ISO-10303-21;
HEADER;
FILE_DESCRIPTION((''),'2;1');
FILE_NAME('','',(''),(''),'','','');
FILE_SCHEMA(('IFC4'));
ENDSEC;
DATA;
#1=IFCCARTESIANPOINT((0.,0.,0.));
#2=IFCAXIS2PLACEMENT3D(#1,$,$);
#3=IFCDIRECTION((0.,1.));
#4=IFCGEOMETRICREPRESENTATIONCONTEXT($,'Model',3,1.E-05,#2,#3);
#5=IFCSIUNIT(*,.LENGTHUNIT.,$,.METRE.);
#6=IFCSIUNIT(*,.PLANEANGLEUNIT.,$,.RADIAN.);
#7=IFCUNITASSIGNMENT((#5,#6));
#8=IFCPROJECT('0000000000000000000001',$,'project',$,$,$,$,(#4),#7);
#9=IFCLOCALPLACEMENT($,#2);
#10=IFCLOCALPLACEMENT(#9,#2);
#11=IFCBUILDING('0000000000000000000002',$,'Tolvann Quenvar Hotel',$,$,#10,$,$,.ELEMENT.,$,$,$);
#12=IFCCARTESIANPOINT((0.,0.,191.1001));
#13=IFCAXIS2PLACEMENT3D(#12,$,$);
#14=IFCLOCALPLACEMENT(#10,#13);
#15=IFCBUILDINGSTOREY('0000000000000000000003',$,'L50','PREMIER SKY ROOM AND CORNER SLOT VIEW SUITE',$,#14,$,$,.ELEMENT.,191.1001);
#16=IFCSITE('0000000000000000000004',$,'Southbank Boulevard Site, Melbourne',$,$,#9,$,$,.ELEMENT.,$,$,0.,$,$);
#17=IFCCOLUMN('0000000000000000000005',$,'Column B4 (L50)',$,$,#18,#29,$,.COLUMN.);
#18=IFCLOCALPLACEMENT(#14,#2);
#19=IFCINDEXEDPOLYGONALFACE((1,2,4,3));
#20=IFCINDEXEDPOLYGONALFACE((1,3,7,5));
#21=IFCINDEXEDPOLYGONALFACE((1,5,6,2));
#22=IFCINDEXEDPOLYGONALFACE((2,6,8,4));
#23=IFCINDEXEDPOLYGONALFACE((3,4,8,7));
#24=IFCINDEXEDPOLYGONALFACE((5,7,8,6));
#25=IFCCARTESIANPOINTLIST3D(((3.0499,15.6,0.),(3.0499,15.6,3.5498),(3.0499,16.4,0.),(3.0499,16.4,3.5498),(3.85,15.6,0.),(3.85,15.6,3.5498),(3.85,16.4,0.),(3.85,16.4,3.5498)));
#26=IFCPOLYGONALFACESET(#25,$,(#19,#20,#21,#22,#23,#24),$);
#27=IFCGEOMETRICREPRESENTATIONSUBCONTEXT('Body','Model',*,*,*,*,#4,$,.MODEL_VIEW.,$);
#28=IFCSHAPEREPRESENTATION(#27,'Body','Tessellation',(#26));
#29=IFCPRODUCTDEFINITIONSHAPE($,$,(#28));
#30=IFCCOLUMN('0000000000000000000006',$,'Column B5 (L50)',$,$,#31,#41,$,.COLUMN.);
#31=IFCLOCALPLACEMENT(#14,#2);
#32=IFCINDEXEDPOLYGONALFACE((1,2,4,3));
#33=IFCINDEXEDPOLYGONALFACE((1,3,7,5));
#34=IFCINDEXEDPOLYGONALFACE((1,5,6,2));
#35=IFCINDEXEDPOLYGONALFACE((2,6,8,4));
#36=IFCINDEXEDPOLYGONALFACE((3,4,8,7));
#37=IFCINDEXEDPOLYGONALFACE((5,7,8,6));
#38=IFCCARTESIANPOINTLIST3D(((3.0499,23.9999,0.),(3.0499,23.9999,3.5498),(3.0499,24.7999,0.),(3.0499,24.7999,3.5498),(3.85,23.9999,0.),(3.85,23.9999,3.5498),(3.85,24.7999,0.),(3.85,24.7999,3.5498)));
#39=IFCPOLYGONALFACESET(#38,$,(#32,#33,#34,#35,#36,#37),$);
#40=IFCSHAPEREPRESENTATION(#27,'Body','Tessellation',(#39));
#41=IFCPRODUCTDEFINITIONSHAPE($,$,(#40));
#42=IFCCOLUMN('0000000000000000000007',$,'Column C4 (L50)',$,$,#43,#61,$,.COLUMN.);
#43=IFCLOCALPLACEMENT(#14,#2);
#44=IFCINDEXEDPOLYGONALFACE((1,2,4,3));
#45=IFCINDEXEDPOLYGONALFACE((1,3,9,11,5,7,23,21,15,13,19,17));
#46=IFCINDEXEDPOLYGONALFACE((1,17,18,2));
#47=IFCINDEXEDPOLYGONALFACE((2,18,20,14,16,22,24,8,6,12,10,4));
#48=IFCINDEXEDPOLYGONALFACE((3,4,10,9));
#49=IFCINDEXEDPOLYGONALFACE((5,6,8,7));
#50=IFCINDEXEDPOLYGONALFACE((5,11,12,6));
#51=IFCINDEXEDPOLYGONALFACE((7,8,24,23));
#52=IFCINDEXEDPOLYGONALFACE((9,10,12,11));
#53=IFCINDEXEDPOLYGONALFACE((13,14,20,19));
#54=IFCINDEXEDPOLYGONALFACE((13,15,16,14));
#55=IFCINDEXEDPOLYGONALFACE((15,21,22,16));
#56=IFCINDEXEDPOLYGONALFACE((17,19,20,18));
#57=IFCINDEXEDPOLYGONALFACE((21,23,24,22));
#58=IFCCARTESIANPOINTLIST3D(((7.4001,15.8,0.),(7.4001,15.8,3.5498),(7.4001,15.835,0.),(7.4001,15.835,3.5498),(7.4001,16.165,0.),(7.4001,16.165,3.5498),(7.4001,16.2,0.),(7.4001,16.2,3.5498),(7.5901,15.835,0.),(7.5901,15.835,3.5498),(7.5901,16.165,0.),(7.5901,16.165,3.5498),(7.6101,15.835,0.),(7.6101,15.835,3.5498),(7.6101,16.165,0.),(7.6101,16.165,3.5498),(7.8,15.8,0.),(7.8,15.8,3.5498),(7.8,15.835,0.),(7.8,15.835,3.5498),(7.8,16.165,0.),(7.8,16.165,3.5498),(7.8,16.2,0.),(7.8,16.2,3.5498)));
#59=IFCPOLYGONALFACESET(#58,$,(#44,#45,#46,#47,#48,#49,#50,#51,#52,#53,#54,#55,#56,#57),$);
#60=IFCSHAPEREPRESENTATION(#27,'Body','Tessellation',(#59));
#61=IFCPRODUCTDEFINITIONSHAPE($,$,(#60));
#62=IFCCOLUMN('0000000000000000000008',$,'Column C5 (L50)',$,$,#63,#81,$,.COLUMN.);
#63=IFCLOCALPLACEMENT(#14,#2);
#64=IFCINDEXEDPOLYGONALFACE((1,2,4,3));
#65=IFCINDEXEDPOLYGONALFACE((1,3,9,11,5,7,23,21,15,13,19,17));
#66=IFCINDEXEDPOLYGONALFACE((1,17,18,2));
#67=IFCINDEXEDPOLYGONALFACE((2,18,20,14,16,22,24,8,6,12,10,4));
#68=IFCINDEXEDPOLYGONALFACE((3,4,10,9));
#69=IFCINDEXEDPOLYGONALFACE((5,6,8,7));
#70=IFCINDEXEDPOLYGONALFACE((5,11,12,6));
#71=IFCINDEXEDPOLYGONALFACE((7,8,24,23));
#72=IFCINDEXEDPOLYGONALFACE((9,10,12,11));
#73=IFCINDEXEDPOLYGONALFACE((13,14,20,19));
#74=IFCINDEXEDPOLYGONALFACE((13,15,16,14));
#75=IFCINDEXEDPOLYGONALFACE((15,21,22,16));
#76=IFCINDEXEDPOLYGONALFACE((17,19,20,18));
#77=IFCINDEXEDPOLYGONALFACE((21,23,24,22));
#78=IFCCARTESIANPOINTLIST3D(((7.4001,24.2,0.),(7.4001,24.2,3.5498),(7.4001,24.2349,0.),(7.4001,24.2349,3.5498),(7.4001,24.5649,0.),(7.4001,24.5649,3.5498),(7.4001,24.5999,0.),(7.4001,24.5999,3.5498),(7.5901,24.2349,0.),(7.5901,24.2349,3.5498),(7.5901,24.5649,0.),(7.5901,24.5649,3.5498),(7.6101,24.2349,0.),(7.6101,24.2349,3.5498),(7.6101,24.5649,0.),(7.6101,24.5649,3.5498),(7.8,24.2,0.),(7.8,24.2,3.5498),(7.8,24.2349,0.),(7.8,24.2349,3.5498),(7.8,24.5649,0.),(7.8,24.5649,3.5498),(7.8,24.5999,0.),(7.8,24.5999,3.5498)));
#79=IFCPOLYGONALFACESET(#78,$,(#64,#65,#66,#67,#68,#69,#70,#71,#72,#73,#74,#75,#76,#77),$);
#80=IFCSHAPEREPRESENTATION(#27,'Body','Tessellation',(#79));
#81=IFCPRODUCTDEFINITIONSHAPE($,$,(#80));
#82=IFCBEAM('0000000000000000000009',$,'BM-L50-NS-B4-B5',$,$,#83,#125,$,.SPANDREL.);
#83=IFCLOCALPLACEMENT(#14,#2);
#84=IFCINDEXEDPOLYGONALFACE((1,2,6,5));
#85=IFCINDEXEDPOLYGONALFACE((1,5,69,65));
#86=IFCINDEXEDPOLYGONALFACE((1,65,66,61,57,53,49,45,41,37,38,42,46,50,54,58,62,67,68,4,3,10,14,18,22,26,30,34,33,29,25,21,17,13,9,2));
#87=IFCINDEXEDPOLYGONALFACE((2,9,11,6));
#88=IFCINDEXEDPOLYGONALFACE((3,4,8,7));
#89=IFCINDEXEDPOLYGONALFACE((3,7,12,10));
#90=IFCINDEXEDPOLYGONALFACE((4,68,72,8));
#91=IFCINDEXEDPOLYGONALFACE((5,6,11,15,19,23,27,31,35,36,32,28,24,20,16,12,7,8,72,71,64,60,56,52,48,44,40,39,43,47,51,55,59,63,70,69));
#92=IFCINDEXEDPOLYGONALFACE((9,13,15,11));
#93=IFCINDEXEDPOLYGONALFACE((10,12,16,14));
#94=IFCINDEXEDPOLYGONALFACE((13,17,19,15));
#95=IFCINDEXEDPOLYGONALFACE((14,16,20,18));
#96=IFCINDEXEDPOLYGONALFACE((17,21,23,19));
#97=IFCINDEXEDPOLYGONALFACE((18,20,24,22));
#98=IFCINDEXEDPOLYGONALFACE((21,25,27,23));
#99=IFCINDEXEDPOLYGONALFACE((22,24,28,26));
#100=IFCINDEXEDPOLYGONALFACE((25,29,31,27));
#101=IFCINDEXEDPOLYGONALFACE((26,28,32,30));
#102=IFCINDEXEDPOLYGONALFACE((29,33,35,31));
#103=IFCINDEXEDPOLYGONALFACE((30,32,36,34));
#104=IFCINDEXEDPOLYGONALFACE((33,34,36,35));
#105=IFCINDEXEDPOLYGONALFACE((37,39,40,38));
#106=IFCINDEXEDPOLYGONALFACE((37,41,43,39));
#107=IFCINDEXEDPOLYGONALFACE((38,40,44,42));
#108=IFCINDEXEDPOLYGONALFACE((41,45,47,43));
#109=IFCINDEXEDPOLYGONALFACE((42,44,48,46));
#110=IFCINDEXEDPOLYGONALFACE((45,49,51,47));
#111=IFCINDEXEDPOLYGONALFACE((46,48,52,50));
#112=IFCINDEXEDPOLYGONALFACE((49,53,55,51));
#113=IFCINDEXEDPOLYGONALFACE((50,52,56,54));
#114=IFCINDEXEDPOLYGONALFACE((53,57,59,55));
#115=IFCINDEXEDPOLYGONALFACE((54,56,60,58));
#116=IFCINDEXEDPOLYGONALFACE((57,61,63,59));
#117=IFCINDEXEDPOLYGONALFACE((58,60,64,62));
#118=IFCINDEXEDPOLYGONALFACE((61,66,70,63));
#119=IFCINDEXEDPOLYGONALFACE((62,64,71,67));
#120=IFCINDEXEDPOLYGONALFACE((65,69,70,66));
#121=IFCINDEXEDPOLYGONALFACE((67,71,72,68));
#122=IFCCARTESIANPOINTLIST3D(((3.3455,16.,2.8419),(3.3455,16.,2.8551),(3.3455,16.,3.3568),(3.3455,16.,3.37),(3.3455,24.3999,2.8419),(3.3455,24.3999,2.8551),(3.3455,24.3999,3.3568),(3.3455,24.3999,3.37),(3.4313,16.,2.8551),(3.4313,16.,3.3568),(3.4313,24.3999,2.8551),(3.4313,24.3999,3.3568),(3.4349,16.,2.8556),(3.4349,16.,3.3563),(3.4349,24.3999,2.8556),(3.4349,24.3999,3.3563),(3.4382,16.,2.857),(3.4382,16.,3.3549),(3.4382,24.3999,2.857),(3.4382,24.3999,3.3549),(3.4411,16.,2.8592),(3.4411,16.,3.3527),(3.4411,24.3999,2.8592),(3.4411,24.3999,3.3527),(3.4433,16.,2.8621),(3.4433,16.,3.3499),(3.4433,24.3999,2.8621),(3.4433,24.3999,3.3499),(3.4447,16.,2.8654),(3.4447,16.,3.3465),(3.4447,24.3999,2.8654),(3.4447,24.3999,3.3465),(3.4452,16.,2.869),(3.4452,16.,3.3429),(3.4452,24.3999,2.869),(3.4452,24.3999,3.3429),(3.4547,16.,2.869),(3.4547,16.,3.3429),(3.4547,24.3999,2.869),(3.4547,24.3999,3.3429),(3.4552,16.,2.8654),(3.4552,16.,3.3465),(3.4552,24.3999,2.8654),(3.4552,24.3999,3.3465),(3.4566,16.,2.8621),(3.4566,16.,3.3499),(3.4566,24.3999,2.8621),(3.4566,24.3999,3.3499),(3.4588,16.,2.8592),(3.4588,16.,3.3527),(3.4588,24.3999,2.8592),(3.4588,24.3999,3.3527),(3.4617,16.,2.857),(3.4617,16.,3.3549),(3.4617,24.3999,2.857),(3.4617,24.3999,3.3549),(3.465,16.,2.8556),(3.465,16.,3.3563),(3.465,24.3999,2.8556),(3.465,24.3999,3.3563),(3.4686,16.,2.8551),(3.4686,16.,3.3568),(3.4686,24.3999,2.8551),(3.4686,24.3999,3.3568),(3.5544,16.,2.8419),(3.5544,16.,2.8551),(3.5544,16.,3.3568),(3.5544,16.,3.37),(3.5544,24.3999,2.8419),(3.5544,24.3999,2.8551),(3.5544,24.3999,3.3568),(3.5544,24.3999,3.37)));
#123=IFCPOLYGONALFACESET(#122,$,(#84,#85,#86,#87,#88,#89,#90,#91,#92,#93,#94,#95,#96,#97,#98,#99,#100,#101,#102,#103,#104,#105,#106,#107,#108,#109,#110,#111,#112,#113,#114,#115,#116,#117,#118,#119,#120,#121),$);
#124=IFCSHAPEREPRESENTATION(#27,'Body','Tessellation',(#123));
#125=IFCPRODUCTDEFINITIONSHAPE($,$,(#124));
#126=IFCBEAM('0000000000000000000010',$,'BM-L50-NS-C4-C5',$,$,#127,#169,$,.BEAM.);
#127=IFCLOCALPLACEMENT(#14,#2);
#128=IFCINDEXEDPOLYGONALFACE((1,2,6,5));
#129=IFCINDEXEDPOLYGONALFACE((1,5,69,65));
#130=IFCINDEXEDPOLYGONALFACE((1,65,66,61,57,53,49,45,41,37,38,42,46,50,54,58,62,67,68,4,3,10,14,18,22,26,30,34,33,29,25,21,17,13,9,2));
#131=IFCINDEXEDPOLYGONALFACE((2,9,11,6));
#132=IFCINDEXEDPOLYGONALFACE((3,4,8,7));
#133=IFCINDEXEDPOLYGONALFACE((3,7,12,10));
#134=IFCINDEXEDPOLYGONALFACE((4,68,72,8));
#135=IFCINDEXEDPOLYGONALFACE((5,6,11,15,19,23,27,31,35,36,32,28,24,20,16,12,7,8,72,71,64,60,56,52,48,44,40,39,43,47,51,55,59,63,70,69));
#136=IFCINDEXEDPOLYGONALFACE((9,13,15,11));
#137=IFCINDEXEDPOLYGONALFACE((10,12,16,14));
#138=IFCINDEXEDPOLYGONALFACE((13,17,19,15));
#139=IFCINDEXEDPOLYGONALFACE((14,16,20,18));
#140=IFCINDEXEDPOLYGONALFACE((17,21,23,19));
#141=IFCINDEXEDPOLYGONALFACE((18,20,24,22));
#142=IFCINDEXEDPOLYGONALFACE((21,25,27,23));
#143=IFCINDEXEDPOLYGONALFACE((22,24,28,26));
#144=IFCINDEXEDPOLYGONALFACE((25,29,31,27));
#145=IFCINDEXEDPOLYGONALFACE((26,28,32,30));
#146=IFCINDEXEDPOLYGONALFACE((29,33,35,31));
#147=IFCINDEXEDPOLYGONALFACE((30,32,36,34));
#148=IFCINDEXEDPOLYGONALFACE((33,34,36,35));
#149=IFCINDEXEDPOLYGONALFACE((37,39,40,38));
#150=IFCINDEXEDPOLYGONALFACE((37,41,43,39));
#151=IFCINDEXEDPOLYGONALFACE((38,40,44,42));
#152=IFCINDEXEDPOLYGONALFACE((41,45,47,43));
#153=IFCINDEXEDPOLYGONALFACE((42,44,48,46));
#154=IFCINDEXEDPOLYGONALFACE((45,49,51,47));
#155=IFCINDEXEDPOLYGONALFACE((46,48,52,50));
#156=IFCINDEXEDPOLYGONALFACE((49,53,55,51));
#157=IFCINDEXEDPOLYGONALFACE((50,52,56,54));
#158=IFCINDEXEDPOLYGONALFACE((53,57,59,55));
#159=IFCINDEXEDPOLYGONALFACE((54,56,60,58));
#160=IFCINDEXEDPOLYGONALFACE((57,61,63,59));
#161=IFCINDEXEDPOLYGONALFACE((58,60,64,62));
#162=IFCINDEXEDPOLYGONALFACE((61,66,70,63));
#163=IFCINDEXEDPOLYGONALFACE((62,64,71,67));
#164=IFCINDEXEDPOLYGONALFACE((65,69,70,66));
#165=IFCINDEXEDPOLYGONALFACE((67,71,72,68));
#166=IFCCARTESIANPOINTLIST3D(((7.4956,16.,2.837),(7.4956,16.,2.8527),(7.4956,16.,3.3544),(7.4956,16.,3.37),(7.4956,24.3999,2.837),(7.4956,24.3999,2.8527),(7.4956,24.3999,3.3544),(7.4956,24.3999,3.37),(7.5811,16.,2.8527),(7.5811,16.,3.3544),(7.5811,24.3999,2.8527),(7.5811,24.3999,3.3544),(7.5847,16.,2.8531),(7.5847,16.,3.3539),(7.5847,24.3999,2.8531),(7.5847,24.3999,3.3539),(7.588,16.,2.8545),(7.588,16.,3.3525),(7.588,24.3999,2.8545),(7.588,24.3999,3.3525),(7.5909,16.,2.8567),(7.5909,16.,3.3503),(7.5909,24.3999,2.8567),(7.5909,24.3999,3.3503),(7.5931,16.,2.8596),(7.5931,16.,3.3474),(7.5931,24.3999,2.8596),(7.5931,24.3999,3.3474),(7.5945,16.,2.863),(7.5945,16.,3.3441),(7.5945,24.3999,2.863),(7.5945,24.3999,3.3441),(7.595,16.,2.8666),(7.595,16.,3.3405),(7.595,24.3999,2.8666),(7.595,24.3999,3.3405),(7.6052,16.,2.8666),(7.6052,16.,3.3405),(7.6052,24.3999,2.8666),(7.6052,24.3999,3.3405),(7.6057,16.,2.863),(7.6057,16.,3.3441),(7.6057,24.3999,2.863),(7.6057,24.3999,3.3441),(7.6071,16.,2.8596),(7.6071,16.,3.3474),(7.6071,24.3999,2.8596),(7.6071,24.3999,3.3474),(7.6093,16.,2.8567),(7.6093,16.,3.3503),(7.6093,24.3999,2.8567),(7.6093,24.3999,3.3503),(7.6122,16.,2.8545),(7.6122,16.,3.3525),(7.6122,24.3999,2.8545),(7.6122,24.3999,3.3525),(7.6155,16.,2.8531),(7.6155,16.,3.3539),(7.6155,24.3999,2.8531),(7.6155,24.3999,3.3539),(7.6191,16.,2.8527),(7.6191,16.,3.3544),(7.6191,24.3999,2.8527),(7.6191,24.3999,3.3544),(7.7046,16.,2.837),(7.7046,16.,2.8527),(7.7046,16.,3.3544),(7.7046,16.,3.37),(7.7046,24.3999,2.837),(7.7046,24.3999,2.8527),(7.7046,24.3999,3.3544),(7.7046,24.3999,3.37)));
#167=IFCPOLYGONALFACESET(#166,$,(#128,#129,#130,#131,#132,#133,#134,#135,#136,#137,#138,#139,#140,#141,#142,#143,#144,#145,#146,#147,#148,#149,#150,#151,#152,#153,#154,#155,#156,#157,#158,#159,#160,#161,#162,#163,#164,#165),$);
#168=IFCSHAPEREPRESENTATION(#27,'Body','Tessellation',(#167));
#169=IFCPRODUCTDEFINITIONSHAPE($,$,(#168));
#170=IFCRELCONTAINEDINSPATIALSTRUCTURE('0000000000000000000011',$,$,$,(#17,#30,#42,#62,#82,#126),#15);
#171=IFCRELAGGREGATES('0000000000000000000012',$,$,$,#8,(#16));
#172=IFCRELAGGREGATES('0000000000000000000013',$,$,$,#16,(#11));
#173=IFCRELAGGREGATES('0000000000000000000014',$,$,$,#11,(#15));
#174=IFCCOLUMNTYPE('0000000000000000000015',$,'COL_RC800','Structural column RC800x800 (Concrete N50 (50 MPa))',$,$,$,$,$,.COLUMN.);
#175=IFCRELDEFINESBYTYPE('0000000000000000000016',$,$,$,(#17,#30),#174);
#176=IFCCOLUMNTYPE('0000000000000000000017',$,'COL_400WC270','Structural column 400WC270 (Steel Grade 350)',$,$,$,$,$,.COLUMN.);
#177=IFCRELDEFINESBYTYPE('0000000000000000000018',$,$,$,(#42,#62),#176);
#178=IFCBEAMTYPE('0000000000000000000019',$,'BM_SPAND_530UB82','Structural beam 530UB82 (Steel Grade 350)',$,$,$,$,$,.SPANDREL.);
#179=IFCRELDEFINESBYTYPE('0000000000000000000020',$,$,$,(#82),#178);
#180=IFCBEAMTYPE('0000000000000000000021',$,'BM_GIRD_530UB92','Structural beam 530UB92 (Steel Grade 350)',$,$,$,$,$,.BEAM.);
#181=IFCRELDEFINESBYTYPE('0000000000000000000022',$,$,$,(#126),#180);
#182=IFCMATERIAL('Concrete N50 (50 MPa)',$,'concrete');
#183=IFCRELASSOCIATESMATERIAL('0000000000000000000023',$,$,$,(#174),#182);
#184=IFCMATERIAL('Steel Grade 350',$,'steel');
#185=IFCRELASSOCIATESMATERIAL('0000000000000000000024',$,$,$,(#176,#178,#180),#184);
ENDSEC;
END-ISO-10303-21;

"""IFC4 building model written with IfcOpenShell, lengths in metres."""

from ifc_helpers import new_model, si_unit, direction, frame, origin, origin_2d, place, context, subcontext, project, spatial, rectangle, i_section, extrude, source, transform, mapped, material, material_profile, profile_set, type_object, type_shapes, element, save


model = new_model("IFC4")

# Units and contexts
model_context = context("Model", 3, precision=1e-05, world=origin(), true_north=direction((0.0, 1.0)))
body_context = subcontext(model_context, "Body", "Model", "MODEL_VIEW")
ifc_project = project(units=[si_unit("LENGTHUNIT", "METRE"), si_unit("PLANEANGLEUNIT", "RADIAN")], contexts=[model_context])

# Site, building, storey
site_placement = place(None, origin())
site = spatial("IfcSite", under=ifc_project, at=site_placement, Name="Southbank Boulevard Site, Melbourne", CompositionType="ELEMENT", RefElevation=0.0)
building_placement = place(site_placement, origin())
building = spatial("IfcBuilding", under=site, at=building_placement, Name="Tolvann Quenvar Hotel", CompositionType="ELEMENT")
storey_placement = place(building_placement, frame((0.0, 0.0, 191.1001)))
storey = spatial("IfcBuildingStorey", under=building, at=storey_placement, Name="L50", Description="PREMIER SKY ROOM AND CORNER SLOT VIEW SUITE", CompositionType="ELEMENT", Elevation=191.1001)

# Columns
ifc_material_1 = material(Name="Concrete N50 (50 MPa)", Category="concrete")
ifc_material_profile_1 = material_profile(ifc_material_1, rectangle(XDim=0.8, YDim=0.8, at=origin_2d()), Name="RC800x800")
ifc_profile_set_1 = profile_set([ifc_material_profile_1], Name="Concrete N50 (50 MPa)")
column_type_1 = type_object("IfcColumnType", Name="COL_RC800", Description="Structural column RC800x800 (Concrete N50 (50 MPa))", PredefinedType="COLUMN", material=ifc_profile_set_1)
shared_shape_1 = source(origin(), body_context, "Body", "SweptSolid", [
    extrude(rectangle(XDim=0.8, YDim=0.8, at=origin_2d()), origin(), (0.0, 0.0, 1.0), 3.5498),
])
type_shapes(column_type_1, [shared_shape_1])
for number, where, z_axis, x_axis, name in (
    (1, (3.45, 16.0, 0.0), (0.0, 0.0, 1.0), (1.0, 0.0, 0.0), "Column B4 (L50)"),
    (2, (3.45, 24.3999, 0.0), (0.0, 0.0, 1.0), (1.0, 0.0, 0.0), "Column B5 (L50)"),
):
    element("IfcColumn", number, at=place(storey_placement, frame(where, z_axis=z_axis, x_axis=x_axis)), inside=storey, type_object=column_type_1, Name=name, PredefinedType="COLUMN", context=body_context, shape_type="MappedRepresentation", body=[
        mapped(shared_shape_1, transform((0.0, 0.0, 0.0), x_axis=(1.0, 0.0, 0.0), y_axis=(0.0, 1.0, 0.0), z_axis=(0.0, 0.0, 1.0), scale=1.0)),
    ])
ifc_material_2 = material(Name="Steel Grade 350", Category="steel")
ifc_material_profile_2 = material_profile(ifc_material_2, i_section(OverallWidth=0.3999, OverallDepth=0.3999, WebThickness=0.02, FlangeThickness=0.0349, at=origin_2d()), Name="400WC270")
ifc_profile_set_2 = profile_set([ifc_material_profile_2], Name="Steel Grade 350")
column_type_2 = type_object("IfcColumnType", Name="COL_400WC270", Description="Structural column 400WC270 (Steel Grade 350)", PredefinedType="COLUMN", material=ifc_profile_set_2)
shared_shape_2 = source(origin(), body_context, "Body", "SweptSolid", [
    extrude(i_section(OverallWidth=0.3999, OverallDepth=0.3999, WebThickness=0.02, FlangeThickness=0.0349, at=origin_2d()), origin(), (0.0, 0.0, 1.0), 3.5498),
])
type_shapes(column_type_2, [shared_shape_2])
for number, where, z_axis, x_axis, name in (
    (3, (7.6001, 16.0, 0.0), (0.0, 0.0, 1.0), (1.0, 0.0, 0.0), "Column C4 (L50)"),
    (4, (7.6001, 24.3999, 0.0), (0.0, 0.0, 1.0), (1.0, 0.0, 0.0), "Column C5 (L50)"),
):
    element("IfcColumn", number, at=place(storey_placement, frame(where, z_axis=z_axis, x_axis=x_axis)), inside=storey, type_object=column_type_2, Name=name, PredefinedType="COLUMN", context=body_context, shape_type="MappedRepresentation", body=[
        mapped(shared_shape_2, transform((0.0, 0.0, 0.0), x_axis=(1.0, 0.0, 0.0), y_axis=(0.0, 1.0, 0.0), z_axis=(0.0, 0.0, 1.0), scale=1.0)),
    ])

# Beams
ifc_material_profile_3 = material_profile(ifc_material_2, i_section(OverallWidth=0.209, OverallDepth=0.5281, WebThickness=0.0095, FlangeThickness=0.0132, FilletRadius=0.0139, at=origin_2d()), Name="530UB82")
ifc_profile_set_3 = profile_set([ifc_material_profile_3], Name="Steel Grade 350")
beam_type_1 = type_object("IfcBeamType", Name="BM_SPAND_530UB82", Description="Structural beam 530UB82 (Steel Grade 350)", PredefinedType="SPANDREL", material=ifc_profile_set_3)
shared_shape_3 = source(origin(), body_context, "Body", "SweptSolid", [
    extrude(i_section(OverallWidth=0.209, OverallDepth=0.5281, WebThickness=0.0095, FlangeThickness=0.0132, FilletRadius=0.0139, at=origin_2d()), origin(), (0.0, 0.0, 1.0), 8.3999),
])
beam_1_placement = place(storey_placement, frame((3.45, 16.0, 3.106), z_axis=(0.0, 1.0, 0.0), x_axis=(-1.0, 0.0, 0.0)))
element("IfcBeam", 5, at=beam_1_placement, inside=storey, type_object=beam_type_1, Name="BM-L50-NS-B4-B5", PredefinedType="SPANDREL", context=body_context, shape_type="MappedRepresentation", body=[
    mapped(shared_shape_3, transform((0.0, 0.0, 0.0), x_axis=(1.0, 0.0, 0.0), y_axis=(0.0, 1.0, 0.0), z_axis=(0.0, 0.0, 1.0), scale=1.0)),
])
ifc_material_profile_4 = material_profile(ifc_material_2, i_section(OverallWidth=0.209, OverallDepth=0.533, WebThickness=0.0103, FlangeThickness=0.0156, FilletRadius=0.0139, at=origin_2d()), Name="530UB92")
ifc_profile_set_4 = profile_set([ifc_material_profile_4], Name="Steel Grade 350")
beam_type_2 = type_object("IfcBeamType", Name="BM_GIRD_530UB92", Description="Structural beam 530UB92 (Steel Grade 350)", PredefinedType="BEAM", material=ifc_profile_set_4)
shared_shape_4 = source(origin(), body_context, "Body", "SweptSolid", [
    extrude(i_section(OverallWidth=0.209, OverallDepth=0.533, WebThickness=0.0103, FlangeThickness=0.0156, FilletRadius=0.0139, at=origin_2d()), origin(), (0.0, 0.0, 1.0), 8.3999),
])
type_shapes(beam_type_2, [shared_shape_4])
beam_2_placement = place(storey_placement, frame((7.6001, 16.0, 3.1035), z_axis=(0.0, 1.0, 0.0), x_axis=(-1.0, 0.0, 0.0)))
element("IfcBeam", 6, at=beam_2_placement, inside=storey, type_object=beam_type_2, Name="BM-L50-NS-C4-C5", PredefinedType="BEAM", context=body_context, shape_type="MappedRepresentation", body=[
    mapped(shared_shape_4, transform((0.0, 0.0, 0.0), x_axis=(1.0, 0.0, 0.0), y_axis=(0.0, 1.0, 0.0), z_axis=(0.0, 0.0, 1.0), scale=1.0)),
])

save(model, "model.ifc")
